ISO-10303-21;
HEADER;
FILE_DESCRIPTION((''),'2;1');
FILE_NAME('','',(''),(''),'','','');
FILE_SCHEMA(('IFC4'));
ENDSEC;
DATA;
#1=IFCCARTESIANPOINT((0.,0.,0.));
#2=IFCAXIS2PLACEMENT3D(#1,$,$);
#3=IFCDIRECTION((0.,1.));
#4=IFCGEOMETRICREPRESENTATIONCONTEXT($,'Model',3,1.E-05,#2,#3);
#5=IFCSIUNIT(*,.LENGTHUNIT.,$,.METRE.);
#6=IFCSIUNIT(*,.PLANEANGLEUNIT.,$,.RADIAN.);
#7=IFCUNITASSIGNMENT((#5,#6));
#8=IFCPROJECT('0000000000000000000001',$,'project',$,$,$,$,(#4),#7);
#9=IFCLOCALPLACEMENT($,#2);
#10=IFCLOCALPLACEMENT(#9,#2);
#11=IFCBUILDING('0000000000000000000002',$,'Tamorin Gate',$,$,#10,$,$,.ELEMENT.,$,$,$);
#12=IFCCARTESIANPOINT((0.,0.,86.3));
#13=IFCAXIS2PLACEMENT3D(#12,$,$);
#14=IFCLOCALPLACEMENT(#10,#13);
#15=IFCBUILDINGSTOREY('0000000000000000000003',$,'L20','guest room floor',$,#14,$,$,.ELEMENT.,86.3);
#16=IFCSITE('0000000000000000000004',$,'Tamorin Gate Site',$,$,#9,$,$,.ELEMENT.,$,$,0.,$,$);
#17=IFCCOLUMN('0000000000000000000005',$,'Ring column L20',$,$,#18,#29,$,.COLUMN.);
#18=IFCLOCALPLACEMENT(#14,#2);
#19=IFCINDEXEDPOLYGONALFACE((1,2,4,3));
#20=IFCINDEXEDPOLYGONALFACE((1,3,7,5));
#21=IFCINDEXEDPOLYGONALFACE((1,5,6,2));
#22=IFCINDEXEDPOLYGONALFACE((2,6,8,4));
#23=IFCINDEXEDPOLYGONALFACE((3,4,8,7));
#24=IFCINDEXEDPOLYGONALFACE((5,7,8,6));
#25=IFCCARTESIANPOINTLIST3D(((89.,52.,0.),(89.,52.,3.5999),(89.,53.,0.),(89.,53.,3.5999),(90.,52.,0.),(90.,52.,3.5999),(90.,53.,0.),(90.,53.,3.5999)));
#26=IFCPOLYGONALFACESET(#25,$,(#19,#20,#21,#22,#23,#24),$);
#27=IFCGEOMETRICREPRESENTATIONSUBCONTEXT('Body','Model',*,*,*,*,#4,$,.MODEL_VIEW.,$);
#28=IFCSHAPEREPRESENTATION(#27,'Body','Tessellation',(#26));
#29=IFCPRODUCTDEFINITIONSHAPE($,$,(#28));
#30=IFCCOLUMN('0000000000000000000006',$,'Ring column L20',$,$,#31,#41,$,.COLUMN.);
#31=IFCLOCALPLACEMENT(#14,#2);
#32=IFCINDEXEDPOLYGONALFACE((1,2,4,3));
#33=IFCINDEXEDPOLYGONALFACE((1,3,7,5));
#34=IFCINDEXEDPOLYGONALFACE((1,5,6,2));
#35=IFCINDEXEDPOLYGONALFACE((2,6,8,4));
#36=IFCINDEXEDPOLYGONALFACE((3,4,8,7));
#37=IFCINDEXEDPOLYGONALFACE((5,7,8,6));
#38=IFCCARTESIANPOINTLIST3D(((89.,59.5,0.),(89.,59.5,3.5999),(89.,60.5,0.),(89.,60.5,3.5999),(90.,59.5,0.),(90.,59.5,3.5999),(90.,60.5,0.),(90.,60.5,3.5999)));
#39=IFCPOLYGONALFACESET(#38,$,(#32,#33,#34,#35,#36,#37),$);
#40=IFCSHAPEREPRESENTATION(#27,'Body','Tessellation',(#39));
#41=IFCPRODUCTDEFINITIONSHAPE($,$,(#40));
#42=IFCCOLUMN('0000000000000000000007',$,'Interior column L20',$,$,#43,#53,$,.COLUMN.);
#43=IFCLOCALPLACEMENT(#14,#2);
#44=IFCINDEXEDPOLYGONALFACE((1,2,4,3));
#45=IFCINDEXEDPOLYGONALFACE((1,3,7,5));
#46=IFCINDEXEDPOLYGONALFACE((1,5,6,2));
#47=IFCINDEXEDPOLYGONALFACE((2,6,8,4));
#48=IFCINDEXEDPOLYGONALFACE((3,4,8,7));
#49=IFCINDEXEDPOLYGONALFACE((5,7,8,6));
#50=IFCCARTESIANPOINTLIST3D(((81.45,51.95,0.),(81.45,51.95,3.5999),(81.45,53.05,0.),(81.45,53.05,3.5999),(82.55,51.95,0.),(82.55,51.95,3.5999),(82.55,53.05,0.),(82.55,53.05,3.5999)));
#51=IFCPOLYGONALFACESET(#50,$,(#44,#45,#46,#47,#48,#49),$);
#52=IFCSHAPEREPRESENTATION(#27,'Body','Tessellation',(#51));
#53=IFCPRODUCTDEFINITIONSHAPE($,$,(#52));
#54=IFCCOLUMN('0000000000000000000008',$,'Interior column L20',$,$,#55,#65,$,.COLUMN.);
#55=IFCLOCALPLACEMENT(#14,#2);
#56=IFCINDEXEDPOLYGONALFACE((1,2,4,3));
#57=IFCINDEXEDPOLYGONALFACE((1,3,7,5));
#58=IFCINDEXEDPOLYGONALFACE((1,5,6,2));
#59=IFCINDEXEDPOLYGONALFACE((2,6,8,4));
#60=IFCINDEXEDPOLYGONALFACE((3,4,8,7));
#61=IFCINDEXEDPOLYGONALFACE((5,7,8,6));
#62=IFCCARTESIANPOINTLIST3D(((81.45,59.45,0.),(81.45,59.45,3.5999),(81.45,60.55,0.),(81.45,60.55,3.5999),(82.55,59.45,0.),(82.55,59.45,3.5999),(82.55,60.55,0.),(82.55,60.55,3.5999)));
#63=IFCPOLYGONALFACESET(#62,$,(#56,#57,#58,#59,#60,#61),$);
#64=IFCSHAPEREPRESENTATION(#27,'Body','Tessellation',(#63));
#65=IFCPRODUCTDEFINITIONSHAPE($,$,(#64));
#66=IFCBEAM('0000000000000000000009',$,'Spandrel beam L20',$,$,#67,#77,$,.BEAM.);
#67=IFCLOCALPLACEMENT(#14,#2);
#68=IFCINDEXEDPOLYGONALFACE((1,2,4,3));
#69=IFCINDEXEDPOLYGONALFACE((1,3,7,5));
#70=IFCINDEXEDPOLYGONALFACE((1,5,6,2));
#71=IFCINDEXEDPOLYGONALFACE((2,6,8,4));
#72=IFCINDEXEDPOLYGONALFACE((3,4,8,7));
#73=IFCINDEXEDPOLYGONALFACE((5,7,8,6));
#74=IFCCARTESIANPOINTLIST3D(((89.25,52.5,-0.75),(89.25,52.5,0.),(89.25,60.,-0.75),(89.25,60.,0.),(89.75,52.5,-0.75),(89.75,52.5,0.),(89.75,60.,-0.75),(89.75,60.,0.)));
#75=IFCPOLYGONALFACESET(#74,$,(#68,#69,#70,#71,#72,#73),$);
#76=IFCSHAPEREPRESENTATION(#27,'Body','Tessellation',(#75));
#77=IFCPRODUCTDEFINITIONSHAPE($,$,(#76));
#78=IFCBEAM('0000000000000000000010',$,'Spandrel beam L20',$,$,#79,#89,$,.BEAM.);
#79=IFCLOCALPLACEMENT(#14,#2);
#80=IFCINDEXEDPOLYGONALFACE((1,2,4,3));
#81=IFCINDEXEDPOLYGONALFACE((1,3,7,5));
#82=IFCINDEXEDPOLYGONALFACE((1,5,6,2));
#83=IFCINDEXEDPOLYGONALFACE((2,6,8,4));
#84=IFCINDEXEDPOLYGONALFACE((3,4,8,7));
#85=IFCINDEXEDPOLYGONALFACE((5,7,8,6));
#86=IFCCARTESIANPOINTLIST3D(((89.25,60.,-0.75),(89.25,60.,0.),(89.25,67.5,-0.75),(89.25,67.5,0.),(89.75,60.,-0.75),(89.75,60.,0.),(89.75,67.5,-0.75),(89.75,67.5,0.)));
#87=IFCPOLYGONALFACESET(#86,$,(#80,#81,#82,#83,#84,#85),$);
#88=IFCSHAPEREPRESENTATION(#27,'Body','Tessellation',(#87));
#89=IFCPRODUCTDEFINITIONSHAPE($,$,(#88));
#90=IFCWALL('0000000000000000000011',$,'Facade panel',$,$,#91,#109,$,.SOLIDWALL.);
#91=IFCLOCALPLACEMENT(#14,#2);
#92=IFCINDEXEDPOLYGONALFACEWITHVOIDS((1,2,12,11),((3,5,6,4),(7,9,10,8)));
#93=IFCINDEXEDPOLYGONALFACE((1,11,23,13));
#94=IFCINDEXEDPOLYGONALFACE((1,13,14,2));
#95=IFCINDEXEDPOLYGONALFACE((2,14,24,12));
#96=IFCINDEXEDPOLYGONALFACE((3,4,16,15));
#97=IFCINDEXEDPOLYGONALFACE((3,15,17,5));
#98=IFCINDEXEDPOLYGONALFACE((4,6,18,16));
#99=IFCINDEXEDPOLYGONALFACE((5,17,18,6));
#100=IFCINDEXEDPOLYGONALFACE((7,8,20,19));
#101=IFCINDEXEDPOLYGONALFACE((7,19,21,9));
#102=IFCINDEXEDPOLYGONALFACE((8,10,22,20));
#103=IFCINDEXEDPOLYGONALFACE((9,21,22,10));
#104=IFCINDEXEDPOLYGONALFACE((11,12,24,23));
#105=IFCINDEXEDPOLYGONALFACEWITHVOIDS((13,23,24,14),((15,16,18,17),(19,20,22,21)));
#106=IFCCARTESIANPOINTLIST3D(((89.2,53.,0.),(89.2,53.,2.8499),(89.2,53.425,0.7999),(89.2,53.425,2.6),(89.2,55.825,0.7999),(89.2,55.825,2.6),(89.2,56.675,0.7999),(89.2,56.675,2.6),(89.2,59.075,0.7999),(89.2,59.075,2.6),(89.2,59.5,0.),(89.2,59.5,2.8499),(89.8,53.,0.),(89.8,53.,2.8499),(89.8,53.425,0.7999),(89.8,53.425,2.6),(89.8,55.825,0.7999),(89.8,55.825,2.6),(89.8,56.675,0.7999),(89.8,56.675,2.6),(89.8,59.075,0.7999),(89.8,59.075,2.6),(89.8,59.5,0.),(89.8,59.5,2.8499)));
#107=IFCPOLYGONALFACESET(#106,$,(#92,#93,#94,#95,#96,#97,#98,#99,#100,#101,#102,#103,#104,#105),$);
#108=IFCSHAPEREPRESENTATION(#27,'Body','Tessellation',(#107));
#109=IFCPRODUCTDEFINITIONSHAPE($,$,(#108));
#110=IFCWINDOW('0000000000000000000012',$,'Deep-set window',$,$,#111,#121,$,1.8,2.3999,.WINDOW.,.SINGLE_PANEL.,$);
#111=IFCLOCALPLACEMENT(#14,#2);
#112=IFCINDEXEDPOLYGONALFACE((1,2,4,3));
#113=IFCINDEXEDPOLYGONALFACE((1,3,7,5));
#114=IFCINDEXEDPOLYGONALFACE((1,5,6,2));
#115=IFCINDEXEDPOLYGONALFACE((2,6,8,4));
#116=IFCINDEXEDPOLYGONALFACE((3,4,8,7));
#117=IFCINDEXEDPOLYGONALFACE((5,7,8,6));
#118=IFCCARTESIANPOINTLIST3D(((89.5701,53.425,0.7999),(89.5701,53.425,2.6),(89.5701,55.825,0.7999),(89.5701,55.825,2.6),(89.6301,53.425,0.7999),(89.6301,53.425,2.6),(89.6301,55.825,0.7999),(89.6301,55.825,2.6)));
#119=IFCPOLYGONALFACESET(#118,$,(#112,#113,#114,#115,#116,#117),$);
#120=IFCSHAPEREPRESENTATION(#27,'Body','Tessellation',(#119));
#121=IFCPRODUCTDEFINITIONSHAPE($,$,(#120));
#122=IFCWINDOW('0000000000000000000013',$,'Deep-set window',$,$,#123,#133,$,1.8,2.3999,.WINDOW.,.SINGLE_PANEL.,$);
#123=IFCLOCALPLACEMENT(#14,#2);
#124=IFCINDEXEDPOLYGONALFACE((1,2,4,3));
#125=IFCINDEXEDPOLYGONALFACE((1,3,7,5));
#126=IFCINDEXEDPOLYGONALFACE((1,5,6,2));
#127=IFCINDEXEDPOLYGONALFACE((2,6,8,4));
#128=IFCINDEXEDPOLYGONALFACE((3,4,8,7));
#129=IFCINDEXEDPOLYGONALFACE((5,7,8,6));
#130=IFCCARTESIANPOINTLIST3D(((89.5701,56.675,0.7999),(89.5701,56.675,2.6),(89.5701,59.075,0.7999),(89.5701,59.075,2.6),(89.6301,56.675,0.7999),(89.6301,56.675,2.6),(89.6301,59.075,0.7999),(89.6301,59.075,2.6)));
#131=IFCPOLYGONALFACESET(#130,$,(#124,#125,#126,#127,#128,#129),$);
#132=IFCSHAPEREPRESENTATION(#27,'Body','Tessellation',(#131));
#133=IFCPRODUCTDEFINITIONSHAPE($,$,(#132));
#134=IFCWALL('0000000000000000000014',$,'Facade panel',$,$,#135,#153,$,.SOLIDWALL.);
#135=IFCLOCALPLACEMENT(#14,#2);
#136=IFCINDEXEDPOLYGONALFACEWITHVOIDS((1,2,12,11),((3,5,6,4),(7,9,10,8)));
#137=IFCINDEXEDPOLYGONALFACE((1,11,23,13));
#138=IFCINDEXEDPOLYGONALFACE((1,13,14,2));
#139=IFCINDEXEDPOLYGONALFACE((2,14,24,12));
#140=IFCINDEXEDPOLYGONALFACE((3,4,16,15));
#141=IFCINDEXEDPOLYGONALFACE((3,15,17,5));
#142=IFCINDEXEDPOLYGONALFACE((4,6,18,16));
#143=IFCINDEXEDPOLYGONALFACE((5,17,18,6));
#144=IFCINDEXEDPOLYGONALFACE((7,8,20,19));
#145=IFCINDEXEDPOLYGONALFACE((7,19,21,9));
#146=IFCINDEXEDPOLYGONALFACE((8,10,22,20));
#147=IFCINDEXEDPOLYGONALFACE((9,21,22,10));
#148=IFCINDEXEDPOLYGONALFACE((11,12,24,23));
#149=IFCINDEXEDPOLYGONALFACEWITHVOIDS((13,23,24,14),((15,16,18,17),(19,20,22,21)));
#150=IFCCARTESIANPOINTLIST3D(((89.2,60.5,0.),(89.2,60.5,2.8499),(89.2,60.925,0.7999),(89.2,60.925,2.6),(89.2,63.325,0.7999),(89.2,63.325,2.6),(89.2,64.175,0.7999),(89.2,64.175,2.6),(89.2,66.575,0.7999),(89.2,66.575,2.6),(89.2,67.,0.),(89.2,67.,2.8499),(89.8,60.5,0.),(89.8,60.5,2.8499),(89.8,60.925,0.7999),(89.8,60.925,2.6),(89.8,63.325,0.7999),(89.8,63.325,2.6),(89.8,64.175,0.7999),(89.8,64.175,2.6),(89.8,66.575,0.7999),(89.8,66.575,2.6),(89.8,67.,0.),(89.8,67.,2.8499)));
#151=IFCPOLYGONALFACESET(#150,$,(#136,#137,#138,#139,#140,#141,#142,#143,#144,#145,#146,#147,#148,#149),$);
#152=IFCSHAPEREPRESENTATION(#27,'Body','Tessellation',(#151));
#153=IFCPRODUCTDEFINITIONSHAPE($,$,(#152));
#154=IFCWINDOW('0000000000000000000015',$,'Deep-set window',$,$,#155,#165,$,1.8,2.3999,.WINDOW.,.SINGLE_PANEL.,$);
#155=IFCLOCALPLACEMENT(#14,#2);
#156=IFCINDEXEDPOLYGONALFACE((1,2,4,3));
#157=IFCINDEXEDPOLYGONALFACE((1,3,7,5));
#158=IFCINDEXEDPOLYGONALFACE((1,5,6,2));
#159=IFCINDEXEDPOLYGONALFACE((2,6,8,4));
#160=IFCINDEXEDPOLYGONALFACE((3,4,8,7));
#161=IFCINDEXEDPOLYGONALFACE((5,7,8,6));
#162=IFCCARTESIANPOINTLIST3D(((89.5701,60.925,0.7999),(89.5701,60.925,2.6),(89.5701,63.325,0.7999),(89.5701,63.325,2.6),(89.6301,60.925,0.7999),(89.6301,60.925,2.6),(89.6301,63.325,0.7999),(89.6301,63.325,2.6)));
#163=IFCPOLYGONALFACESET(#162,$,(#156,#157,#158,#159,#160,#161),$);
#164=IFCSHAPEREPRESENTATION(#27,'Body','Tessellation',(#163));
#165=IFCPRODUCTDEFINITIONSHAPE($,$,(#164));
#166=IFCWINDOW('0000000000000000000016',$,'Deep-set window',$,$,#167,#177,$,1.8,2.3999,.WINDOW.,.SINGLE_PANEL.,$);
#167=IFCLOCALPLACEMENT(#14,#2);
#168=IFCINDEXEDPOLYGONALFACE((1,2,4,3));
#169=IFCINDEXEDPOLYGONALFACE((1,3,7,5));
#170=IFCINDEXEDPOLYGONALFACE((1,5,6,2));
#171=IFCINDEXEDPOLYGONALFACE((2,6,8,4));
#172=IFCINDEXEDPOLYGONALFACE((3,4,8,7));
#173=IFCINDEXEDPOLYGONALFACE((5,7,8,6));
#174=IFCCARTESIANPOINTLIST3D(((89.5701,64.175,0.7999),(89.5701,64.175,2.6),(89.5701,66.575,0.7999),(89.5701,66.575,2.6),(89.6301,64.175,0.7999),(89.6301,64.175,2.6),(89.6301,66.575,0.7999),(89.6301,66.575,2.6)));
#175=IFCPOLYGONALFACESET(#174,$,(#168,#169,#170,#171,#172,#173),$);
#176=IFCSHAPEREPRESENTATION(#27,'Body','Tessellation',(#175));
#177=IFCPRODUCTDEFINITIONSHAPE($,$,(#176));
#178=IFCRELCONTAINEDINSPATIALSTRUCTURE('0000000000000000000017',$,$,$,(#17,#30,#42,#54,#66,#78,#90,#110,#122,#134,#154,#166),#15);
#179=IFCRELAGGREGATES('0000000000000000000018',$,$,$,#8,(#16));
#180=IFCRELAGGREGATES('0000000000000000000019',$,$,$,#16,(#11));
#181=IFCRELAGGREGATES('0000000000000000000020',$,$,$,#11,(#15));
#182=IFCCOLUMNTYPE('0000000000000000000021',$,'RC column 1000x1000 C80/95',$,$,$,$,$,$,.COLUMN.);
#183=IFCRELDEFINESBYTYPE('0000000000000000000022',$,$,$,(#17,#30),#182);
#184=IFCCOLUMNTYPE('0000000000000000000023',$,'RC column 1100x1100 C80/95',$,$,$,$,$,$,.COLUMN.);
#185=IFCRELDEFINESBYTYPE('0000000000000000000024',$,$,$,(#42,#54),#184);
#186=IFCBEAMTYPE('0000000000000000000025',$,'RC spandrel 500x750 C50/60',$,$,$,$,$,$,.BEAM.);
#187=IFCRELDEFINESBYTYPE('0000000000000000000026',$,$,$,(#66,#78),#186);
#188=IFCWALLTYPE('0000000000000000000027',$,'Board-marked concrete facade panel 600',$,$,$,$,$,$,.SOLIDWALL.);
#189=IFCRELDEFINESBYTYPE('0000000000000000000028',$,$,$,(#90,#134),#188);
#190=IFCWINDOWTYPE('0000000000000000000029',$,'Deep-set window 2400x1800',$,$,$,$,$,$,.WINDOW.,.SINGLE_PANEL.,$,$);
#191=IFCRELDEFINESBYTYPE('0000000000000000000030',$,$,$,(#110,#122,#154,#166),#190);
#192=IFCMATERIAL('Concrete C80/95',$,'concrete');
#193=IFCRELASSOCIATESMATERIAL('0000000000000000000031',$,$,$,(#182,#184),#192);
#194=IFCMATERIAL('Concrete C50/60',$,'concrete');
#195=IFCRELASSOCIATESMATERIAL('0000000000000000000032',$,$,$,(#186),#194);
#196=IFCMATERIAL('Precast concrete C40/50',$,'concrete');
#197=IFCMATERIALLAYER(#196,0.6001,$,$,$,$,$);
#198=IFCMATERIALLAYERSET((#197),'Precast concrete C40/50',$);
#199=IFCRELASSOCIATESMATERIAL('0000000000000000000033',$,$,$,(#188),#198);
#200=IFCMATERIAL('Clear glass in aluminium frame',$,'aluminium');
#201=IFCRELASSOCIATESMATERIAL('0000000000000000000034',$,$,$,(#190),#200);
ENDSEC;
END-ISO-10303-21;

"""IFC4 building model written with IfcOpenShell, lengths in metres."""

from ifc_helpers import new_model, si_unit, direction, frame, frame_2d, origin, origin_2d, place, context, subcontext, project, spatial, rectangle, extrude, material, layer, layer_set, material_profile, profile_set, type_object, element, fill, save


model = new_model("IFC4")

# Units and contexts
model_context = context("Model", 3, precision=1e-05, world=origin(), true_north=direction((0.0, 1.0)))
body_context = subcontext(model_context, "Body", "Model", "MODEL_VIEW")
ifc_project = project(units=[si_unit("LENGTHUNIT", "METRE"), si_unit("PLANEANGLEUNIT", "RADIAN")], contexts=[model_context])

# Site, building, storey
site_placement = place(None, origin())
site = spatial("IfcSite", under=ifc_project, at=site_placement, Name="Tamorin Gate Site", CompositionType="ELEMENT", RefElevation=0.0)
building_placement = place(site_placement, origin())
building = spatial("IfcBuilding", under=site, at=building_placement, Name="Tamorin Gate", CompositionType="ELEMENT")
storey_placement = place(building_placement, frame((0.0, 0.0, 86.3)))
storey = spatial("IfcBuildingStorey", under=building, at=storey_placement, Name="L20", Description="guest room floor", CompositionType="ELEMENT", Elevation=86.3)

# Columns
ifc_material_1 = material(Name="Concrete C80/95", Category="concrete")
ifc_material_profile_1 = material_profile(ifc_material_1, rectangle(XDim=1.0, YDim=1.0, at=origin_2d()), Name="RC 1000x1000")
ifc_profile_set_1 = profile_set([ifc_material_profile_1], Name="Concrete C80/95")
column_type_1 = type_object("IfcColumnType", Name="RC column 1000x1000 C80/95", PredefinedType="COLUMN", material=ifc_profile_set_1)
for number, where, z_axis, x_axis, name in (
    (1, (89.5, 52.5, 0.0), (0.0, 0.0, 1.0), (1.0, 0.0, 0.0), "Ring column L20"),
    (2, (89.5, 60.0, 0.0), (0.0, 0.0, 1.0), (1.0, 0.0, 0.0), "Ring column L20"),
):
    element("IfcColumn", number, at=place(storey_placement, frame(where, z_axis=z_axis, x_axis=x_axis)), inside=storey, type_object=column_type_1, Name=name, PredefinedType="COLUMN", context=body_context, shape_type="SweptSolid", body=[
        extrude(rectangle(XDim=1.0, YDim=1.0, at=origin_2d()), origin(), (0.0, 0.0, 1.0), 3.5999),
    ])
ifc_material_profile_2 = material_profile(ifc_material_1, rectangle(XDim=1.1001, YDim=1.1001, at=origin_2d()), Name="RC 1100x1100")
ifc_profile_set_2 = profile_set([ifc_material_profile_2], Name="Concrete C80/95")
column_type_2 = type_object("IfcColumnType", Name="RC column 1100x1100 C80/95", PredefinedType="COLUMN", material=ifc_profile_set_2)
for number, where, z_axis, x_axis, name in (
    (3, (82.0, 52.5, 0.0), (0.0, 0.0, 1.0), (1.0, 0.0, 0.0), "Interior column L20"),
    (4, (82.0, 60.0, 0.0), (0.0, 0.0, 1.0), (1.0, 0.0, 0.0), "Interior column L20"),
):
    element("IfcColumn", number, at=place(storey_placement, frame(where, z_axis=z_axis, x_axis=x_axis)), inside=storey, type_object=column_type_2, Name=name, PredefinedType="COLUMN", context=body_context, shape_type="SweptSolid", body=[
        extrude(rectangle(XDim=1.1001, YDim=1.1001, at=origin_2d()), origin(), (0.0, 0.0, 1.0), 3.5999),
    ])

# Beams
ifc_material_2 = material(Name="Concrete C50/60", Category="concrete")
ifc_material_profile_3 = material_profile(ifc_material_2, rectangle(XDim=0.5, YDim=0.75, at=origin_2d()), Name="RC 500x750")
ifc_profile_set_3 = profile_set([ifc_material_profile_3], Name="Concrete C50/60")
beam_type = type_object("IfcBeamType", Name="RC spandrel 500x750 C50/60", PredefinedType="BEAM", material=ifc_profile_set_3)
for number, where, z_axis, x_axis, name in (
    (5, (89.5, 52.5, -0.375), (0.0, 1.0, 0.0), (-1.0, 0.0, 0.0), "Spandrel beam L20"),
    (6, (89.5, 60.0, -0.375), (0.0, 1.0, 0.0), (-1.0, 0.0, 0.0), "Spandrel beam L20"),
):
    element("IfcBeam", number, at=place(storey_placement, frame(where, z_axis=z_axis, x_axis=x_axis)), inside=storey, type_object=beam_type, Name=name, PredefinedType="BEAM", context=body_context, shape_type="SweptSolid", body=[
        extrude(rectangle(XDim=0.5, YDim=0.75, at=origin_2d()), origin(), (0.0, 0.0, 1.0), 7.5),
    ])

# Walls, openings, windows
ifc_material_3 = material(Name="Precast concrete C40/50", Category="concrete")
ifc_layer_1 = layer(ifc_material_3, 0.6001)
ifc_layer_set_1 = layer_set([ifc_layer_1], Name="Precast concrete C40/50")
wall_type_1 = type_object("IfcWallType", Name="Board-marked concrete facade panel 600", PredefinedType="SOLIDWALL", material=ifc_layer_set_1)
wall_1_placement = place(storey_placement, frame((89.5, 53.0, 0.0), z_axis=(0.0, 0.0, 1.0), x_axis=(0.0, 1.0, 0.0)))
wall_1 = element("IfcWall", 7, at=wall_1_placement, inside=storey, type_object=wall_type_1, Name="Facade panel", PredefinedType="SOLIDWALL", context=body_context, shape_type="SweptSolid", body=[
    extrude(rectangle(XDim=6.5, YDim=0.6001, at=frame_2d((3.25, 0.0))), origin(), (0.0, 0.0, 1.0), 2.8499),
])
opening_1_placement = place(wall_1_placement, frame((0.425, 0.0, 0.8)))
opening_1 = element("IfcOpeningElement", 8, at=opening_1_placement, cuts=wall_1, PredefinedType="OPENING", context=body_context, shape_type="SweptSolid", body=[
    extrude(rectangle(XDim=2.3999, YDim=1.8, at=frame_2d((1.2, 0.8999))), frame((0.0, 0.3101, 0.0), z_axis=(0.0, -1.0, 0.0), x_axis=(1.0, 0.0, 0.0)), (0.0, 0.0, 1.0), 0.6201),
])
opening_2_placement = place(wall_1_placement, frame((3.675, 0.0, 0.8)))
opening_2 = element("IfcOpeningElement", 9, at=opening_2_placement, cuts=wall_1, PredefinedType="OPENING", context=body_context, shape_type="SweptSolid", body=[
    extrude(rectangle(XDim=2.3999, YDim=1.8, at=frame_2d((1.2, 0.8999))), frame((0.0, 0.3101, 0.0), z_axis=(0.0, -1.0, 0.0), x_axis=(1.0, 0.0, 0.0)), (0.0, 0.0, 1.0), 0.6201),
])
ifc_material_4 = material(Name="Clear glass in aluminium frame", Category="aluminium")
window_type = type_object("IfcWindowType", Name="Deep-set window 2400x1800", PartitioningType="SINGLE_PANEL", PredefinedType="WINDOW", material=ifc_material_4)
window_1_placement = place(opening_1_placement, origin())
window_1 = element("IfcWindow", 10, at=window_1_placement, inside=storey, type_object=window_type, Name="Deep-set window", OverallHeight=1.8, OverallWidth=2.3999, PartitioningType="SINGLE_PANEL", PredefinedType="WINDOW", context=body_context, shape_type="SweptSolid", body=[
    extrude(rectangle(XDim=2.3999, YDim=1.8, at=frame_2d((1.2, 0.8999))), frame((0.0, -0.0701, 0.0), z_axis=(0.0, -1.0, 0.0), x_axis=(1.0, 0.0, 0.0)), (0.0, 0.0, 1.0), 0.0601),
])
fill(opening_1, window_1)
window_2_placement = place(opening_2_placement, origin())
window_2 = element("IfcWindow", 11, at=window_2_placement, inside=storey, type_object=window_type, Name="Deep-set window", OverallHeight=1.8, OverallWidth=2.3999, PartitioningType="SINGLE_PANEL", PredefinedType="WINDOW", context=body_context, shape_type="SweptSolid", body=[
    extrude(rectangle(XDim=2.3999, YDim=1.8, at=frame_2d((1.2, 0.8999))), frame((0.0, -0.0701, 0.0), z_axis=(0.0, -1.0, 0.0), x_axis=(1.0, 0.0, 0.0)), (0.0, 0.0, 1.0), 0.0601),
])
fill(opening_2, window_2)
wall_2_placement = place(storey_placement, frame((89.5, 60.5, 0.0), z_axis=(0.0, 0.0, 1.0), x_axis=(0.0, 1.0, 0.0)))
wall_2 = element("IfcWall", 12, at=wall_2_placement, inside=storey, type_object=wall_type_1, Name="Facade panel", PredefinedType="SOLIDWALL", context=body_context, shape_type="SweptSolid", body=[
    extrude(rectangle(XDim=6.5, YDim=0.6001, at=frame_2d((3.25, 0.0))), origin(), (0.0, 0.0, 1.0), 2.8499),
])
opening_3_placement = place(wall_2_placement, frame((0.425, 0.0, 0.8)))
opening_3 = element("IfcOpeningElement", 13, at=opening_3_placement, cuts=wall_2, PredefinedType="OPENING", context=body_context, shape_type="SweptSolid", body=[
    extrude(rectangle(XDim=2.3999, YDim=1.8, at=frame_2d((1.2, 0.8999))), frame((0.0, 0.3101, 0.0), z_axis=(0.0, -1.0, 0.0), x_axis=(1.0, 0.0, 0.0)), (0.0, 0.0, 1.0), 0.6201),
])
opening_4_placement = place(wall_2_placement, frame((3.675, 0.0, 0.8)))
opening_4 = element("IfcOpeningElement", 14, at=opening_4_placement, cuts=wall_2, PredefinedType="OPENING", context=body_context, shape_type="SweptSolid", body=[
    extrude(rectangle(XDim=2.3999, YDim=1.8, at=frame_2d((1.2, 0.8999))), frame((0.0, 0.3101, 0.0), z_axis=(0.0, -1.0, 0.0), x_axis=(1.0, 0.0, 0.0)), (0.0, 0.0, 1.0), 0.6201),
])
window_3_placement = place(opening_3_placement, origin())
window_3 = element("IfcWindow", 15, at=window_3_placement, inside=storey, type_object=window_type, Name="Deep-set window", OverallHeight=1.8, OverallWidth=2.3999, PartitioningType="SINGLE_PANEL", PredefinedType="WINDOW", context=body_context, shape_type="SweptSolid", body=[
    extrude(rectangle(XDim=2.3999, YDim=1.8, at=frame_2d((1.2, 0.8999))), frame((0.0, -0.0701, 0.0), z_axis=(0.0, -1.0, 0.0), x_axis=(1.0, 0.0, 0.0)), (0.0, 0.0, 1.0), 0.0601),
])
fill(opening_3, window_3)
window_4_placement = place(opening_4_placement, origin())
window_4 = element("IfcWindow", 16, at=window_4_placement, inside=storey, type_object=window_type, Name="Deep-set window", OverallHeight=1.8, OverallWidth=2.3999, PartitioningType="SINGLE_PANEL", PredefinedType="WINDOW", context=body_context, shape_type="SweptSolid", body=[
    extrude(rectangle(XDim=2.3999, YDim=1.8, at=frame_2d((1.2, 0.8999))), frame((0.0, -0.0701, 0.0), z_axis=(0.0, -1.0, 0.0), x_axis=(1.0, 0.0, 0.0)), (0.0, 0.0, 1.0), 0.0601),
])
fill(opening_4, window_4)

save(model, "model.ifc")
